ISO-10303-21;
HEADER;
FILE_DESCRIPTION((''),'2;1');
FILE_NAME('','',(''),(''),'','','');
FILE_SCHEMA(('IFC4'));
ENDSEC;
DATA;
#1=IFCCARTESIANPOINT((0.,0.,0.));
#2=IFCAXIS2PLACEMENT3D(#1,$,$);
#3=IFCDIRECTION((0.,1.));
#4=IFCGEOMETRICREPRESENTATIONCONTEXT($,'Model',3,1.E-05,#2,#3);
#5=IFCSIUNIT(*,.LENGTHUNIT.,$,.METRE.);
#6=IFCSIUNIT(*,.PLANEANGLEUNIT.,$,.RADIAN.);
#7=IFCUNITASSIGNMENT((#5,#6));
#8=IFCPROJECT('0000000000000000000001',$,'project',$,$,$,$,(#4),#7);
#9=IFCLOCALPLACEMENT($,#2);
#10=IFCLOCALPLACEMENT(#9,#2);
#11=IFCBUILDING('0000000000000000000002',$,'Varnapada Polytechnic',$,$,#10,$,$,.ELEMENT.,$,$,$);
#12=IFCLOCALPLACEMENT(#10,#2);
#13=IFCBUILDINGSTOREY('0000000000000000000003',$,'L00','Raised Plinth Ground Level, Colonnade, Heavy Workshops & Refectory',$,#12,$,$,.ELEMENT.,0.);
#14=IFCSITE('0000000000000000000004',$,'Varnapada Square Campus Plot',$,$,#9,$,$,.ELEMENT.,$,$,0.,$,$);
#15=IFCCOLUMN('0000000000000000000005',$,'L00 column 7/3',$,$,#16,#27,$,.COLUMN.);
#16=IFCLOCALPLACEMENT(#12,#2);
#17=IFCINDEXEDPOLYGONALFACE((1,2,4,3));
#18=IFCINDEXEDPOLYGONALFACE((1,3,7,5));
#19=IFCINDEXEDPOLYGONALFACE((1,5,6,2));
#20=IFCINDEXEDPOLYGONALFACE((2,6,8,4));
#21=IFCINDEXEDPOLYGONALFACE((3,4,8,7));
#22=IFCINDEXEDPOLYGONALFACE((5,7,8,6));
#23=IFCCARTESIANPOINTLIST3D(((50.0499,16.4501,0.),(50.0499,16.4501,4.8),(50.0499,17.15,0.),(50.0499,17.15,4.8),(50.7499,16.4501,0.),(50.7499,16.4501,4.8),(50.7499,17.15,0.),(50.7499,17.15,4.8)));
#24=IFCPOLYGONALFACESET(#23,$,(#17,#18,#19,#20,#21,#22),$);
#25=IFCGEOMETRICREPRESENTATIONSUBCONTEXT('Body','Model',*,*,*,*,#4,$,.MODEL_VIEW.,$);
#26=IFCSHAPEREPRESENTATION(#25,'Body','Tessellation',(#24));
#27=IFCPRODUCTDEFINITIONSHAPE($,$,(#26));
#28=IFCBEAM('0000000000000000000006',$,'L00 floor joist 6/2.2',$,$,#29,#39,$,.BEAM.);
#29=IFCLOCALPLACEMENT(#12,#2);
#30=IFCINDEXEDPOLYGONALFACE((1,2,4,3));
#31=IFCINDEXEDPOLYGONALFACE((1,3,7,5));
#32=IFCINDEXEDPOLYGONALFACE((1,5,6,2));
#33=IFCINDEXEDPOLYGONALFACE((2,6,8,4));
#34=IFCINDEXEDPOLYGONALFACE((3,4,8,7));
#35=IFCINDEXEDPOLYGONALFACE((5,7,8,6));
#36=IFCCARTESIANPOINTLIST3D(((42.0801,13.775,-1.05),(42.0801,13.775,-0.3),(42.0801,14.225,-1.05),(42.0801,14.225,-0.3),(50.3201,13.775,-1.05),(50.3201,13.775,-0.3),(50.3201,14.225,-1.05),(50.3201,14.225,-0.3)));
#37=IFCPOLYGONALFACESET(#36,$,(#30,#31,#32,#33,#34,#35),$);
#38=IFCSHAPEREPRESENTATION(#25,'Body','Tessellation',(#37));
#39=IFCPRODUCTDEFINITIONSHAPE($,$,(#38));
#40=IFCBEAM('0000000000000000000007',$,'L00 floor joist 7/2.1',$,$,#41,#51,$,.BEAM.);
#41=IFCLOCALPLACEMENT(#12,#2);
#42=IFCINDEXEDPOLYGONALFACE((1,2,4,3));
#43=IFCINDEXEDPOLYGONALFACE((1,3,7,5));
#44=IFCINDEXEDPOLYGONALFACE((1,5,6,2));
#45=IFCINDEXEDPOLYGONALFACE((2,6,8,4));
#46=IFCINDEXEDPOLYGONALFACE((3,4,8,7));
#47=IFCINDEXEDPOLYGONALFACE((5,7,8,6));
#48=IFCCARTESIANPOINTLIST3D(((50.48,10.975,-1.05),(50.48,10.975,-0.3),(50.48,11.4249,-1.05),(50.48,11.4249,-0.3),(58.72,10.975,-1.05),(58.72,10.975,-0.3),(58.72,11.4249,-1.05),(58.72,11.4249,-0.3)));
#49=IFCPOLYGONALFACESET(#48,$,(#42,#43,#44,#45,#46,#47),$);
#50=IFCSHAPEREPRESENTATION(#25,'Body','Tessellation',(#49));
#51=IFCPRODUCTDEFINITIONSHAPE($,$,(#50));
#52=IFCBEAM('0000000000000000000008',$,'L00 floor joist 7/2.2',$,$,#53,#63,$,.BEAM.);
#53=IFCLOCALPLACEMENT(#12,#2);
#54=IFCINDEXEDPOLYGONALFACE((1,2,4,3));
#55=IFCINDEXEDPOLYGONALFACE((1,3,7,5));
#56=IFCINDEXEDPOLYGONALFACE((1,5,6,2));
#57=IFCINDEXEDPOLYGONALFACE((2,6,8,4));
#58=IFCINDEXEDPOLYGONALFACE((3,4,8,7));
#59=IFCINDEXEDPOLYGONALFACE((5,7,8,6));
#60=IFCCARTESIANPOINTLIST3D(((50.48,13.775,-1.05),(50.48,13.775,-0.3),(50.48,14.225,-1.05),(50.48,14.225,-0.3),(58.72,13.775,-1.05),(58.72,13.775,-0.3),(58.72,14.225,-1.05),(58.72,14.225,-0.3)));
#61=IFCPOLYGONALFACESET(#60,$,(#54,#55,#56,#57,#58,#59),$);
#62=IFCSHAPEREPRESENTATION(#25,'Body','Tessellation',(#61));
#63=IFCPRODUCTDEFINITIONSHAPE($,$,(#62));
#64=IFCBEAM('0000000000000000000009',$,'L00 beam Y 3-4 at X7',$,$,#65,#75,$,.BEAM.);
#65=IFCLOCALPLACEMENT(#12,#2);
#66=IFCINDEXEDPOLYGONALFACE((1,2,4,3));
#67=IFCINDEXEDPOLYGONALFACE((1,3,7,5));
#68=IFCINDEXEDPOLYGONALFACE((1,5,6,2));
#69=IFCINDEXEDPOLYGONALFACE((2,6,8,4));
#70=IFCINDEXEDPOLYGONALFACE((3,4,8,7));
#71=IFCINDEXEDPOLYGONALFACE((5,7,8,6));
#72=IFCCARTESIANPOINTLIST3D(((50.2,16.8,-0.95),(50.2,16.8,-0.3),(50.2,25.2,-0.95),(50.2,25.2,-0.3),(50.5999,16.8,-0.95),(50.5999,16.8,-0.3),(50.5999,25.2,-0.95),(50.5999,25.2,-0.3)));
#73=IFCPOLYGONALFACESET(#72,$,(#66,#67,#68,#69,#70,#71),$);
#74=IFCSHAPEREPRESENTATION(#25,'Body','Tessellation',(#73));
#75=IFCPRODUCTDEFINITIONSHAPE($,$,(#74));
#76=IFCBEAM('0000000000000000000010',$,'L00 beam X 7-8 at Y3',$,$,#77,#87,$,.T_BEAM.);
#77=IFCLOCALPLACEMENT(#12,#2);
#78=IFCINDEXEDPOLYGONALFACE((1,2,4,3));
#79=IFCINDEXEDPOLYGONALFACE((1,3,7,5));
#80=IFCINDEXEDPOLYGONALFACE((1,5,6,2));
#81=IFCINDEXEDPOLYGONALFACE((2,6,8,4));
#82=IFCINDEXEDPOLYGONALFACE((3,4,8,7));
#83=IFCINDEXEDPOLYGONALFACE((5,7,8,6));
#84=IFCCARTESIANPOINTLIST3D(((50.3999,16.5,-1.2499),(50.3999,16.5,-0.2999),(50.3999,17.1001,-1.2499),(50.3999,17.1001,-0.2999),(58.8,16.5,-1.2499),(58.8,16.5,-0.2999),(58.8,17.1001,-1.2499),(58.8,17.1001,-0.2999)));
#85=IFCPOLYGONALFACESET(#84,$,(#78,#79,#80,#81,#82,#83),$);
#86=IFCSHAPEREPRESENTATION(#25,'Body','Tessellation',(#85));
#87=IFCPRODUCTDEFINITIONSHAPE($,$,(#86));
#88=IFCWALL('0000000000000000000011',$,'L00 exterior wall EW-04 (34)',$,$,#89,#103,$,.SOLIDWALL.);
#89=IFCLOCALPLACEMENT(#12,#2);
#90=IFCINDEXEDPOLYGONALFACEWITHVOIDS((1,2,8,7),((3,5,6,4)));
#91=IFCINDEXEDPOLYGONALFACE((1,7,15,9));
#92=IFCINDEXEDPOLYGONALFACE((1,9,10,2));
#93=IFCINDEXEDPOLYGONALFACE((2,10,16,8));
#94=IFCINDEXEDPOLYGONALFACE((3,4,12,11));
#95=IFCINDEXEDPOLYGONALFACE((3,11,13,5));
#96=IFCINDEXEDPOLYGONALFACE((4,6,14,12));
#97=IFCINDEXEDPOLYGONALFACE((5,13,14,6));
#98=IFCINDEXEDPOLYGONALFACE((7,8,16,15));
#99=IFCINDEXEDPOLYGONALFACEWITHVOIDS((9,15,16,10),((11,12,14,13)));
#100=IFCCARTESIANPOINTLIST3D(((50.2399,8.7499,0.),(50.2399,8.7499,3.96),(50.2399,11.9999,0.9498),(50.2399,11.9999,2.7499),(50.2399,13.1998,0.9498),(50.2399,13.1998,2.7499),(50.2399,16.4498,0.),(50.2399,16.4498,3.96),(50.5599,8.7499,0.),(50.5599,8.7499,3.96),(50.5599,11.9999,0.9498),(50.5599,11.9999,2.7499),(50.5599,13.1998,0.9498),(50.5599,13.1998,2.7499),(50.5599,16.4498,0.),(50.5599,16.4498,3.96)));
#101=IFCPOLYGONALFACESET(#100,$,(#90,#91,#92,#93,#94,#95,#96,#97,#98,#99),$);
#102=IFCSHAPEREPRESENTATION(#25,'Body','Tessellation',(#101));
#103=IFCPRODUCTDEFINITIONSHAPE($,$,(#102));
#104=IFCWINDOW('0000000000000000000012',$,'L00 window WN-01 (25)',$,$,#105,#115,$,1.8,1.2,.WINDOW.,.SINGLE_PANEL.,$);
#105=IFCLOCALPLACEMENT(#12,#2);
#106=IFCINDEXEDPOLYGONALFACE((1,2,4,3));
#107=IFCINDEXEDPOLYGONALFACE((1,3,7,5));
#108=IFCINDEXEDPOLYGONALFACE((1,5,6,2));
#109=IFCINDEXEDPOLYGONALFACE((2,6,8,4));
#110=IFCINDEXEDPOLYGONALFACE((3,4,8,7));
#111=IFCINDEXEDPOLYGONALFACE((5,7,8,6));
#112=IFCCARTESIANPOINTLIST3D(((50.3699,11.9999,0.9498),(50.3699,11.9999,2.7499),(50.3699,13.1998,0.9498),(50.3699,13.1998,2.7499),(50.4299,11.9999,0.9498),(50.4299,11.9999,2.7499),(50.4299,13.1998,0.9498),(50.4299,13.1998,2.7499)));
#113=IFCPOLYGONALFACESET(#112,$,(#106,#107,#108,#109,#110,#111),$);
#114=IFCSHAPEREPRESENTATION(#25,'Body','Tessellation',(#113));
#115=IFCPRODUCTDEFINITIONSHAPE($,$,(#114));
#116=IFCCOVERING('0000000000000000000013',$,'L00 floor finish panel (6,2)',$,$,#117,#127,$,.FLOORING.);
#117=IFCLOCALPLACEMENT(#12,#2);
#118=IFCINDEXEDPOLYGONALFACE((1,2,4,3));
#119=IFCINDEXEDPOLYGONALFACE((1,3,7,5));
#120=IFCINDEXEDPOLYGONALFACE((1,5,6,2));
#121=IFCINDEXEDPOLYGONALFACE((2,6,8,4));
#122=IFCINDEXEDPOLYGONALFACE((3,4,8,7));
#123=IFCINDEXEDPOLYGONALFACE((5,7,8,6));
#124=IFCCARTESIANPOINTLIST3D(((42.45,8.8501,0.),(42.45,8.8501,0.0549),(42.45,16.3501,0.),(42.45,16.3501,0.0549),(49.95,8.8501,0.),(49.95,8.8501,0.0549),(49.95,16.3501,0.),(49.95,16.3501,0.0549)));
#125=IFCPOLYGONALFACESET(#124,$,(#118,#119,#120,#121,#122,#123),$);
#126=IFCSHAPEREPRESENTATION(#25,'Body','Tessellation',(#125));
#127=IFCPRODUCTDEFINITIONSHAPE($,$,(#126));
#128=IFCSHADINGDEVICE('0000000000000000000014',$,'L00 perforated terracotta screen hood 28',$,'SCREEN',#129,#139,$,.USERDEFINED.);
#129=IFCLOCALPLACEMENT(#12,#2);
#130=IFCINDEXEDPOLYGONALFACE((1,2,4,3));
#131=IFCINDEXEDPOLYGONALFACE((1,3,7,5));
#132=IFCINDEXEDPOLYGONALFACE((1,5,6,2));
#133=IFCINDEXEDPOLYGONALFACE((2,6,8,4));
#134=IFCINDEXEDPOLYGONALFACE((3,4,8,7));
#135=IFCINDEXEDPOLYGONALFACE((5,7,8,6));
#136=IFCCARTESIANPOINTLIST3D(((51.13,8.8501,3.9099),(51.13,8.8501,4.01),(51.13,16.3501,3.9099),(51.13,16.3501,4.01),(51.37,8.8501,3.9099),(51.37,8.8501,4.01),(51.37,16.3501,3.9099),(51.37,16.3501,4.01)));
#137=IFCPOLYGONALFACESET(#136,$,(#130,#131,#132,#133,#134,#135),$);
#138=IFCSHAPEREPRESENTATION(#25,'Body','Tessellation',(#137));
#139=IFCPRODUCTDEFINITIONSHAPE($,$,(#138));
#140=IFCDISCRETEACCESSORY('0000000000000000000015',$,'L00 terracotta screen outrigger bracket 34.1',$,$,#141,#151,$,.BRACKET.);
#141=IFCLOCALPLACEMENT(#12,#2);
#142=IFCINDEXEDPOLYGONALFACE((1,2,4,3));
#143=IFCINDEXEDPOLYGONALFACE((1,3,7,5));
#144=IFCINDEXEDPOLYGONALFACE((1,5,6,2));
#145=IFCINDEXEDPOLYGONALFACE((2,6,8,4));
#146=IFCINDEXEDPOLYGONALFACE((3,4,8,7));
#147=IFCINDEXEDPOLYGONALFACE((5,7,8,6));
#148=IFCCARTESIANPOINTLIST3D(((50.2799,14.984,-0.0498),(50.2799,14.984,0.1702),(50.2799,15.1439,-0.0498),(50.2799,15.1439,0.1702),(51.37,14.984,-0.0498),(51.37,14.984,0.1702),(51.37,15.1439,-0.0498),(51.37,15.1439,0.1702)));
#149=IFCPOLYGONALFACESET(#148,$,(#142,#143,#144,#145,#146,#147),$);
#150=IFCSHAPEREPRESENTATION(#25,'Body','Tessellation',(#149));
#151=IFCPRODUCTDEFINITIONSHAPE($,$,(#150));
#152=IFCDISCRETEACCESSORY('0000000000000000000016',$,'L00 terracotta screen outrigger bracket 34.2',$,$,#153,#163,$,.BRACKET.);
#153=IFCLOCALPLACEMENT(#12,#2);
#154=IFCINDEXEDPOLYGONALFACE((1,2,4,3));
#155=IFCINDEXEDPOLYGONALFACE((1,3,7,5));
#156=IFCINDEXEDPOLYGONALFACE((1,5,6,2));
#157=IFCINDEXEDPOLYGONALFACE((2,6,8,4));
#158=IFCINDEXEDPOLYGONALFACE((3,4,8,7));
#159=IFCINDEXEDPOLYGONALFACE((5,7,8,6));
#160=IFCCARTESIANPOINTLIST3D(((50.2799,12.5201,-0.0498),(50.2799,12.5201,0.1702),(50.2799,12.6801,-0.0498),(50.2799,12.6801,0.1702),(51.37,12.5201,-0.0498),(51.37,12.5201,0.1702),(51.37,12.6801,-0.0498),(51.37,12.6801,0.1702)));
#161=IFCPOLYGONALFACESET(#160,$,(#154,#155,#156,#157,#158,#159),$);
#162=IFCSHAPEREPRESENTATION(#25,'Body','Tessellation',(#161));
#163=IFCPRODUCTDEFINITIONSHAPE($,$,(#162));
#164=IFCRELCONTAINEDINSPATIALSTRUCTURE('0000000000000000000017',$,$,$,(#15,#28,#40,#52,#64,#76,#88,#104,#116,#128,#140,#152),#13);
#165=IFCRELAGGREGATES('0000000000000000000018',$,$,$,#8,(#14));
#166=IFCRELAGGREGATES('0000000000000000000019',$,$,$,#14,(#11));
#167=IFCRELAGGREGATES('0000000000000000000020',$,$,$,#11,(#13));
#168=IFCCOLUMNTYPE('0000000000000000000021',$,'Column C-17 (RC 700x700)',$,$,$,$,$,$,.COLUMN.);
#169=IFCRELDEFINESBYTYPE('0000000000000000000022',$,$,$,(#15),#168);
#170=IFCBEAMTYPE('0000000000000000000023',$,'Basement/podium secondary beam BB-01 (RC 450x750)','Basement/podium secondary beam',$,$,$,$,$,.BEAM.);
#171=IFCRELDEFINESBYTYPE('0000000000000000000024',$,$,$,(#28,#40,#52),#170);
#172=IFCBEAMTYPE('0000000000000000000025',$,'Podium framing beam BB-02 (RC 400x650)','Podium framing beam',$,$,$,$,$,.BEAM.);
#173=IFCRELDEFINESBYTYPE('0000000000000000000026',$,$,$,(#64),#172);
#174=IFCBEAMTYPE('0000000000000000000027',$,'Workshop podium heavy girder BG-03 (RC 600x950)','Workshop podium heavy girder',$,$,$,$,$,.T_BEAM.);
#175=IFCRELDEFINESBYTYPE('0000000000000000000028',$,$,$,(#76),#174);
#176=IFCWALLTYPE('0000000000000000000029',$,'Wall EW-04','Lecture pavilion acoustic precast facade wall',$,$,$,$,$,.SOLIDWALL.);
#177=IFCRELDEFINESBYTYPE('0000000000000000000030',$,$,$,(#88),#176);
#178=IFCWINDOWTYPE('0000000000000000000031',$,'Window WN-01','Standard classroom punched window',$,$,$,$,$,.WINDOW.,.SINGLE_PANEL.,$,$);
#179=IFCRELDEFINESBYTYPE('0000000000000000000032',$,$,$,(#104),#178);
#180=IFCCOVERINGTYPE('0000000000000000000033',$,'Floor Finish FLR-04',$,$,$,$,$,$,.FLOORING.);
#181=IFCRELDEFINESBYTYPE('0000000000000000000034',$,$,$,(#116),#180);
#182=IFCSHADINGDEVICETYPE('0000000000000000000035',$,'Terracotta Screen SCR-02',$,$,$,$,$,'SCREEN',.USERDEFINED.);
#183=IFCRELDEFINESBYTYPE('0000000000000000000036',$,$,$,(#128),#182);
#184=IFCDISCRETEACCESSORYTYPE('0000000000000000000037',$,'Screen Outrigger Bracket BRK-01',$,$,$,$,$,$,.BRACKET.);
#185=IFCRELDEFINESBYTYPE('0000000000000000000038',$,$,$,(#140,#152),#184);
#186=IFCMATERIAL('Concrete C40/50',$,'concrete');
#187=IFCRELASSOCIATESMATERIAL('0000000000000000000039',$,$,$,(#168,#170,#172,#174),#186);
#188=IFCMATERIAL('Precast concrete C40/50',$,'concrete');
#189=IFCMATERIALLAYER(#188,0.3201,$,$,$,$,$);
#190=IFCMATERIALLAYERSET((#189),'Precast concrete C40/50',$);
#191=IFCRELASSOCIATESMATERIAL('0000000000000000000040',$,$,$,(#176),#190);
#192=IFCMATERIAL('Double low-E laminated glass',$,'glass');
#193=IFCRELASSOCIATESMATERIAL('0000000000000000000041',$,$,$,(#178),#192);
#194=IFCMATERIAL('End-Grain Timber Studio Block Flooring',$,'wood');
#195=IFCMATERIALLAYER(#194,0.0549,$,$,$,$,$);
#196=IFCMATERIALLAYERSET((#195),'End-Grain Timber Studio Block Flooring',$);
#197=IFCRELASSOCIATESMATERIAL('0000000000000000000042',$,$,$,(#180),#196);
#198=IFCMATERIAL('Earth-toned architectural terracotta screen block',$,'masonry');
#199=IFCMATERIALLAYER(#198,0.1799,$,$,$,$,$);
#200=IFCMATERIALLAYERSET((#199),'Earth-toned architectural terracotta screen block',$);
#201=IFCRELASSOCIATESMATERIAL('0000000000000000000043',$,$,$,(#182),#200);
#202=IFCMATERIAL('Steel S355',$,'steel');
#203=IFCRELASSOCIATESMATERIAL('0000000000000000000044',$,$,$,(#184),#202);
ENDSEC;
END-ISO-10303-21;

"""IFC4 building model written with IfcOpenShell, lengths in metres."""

from ifc_helpers import new_model, si_unit, direction, frame, frame_2d, origin, origin_2d, place, context, subcontext, project, spatial, rectangle, extrude, material, layer, layer_set, material_profile, profile_set, type_object, element, fill, save


model = new_model("IFC4")

# Units and contexts
model_context = context("Model", 3, precision=1e-05, world=origin(), true_north=direction((0.0, 1.0)))
body_context = subcontext(model_context, "Body", "Model", "MODEL_VIEW")
ifc_project = project(units=[si_unit("LENGTHUNIT", "METRE"), si_unit("PLANEANGLEUNIT", "RADIAN")], contexts=[model_context])

# Site, building, storey
site_placement = place(None, origin())
site = spatial("IfcSite", under=ifc_project, at=site_placement, Name="Varnapada Square Campus Plot", CompositionType="ELEMENT", RefElevation=0.0)
building_placement = place(site_placement, origin())
building = spatial("IfcBuilding", under=site, at=building_placement, Name="Varnapada Polytechnic", CompositionType="ELEMENT")
storey_placement = place(building_placement, origin())
storey = spatial("IfcBuildingStorey", under=building, at=storey_placement, Name="L00", Description="Raised Plinth Ground Level, Colonnade, Heavy Workshops & Refectory", CompositionType="ELEMENT", Elevation=0.0)

# Column
ifc_material_1 = material(Name="Concrete C40/50", Category="concrete")
ifc_material_profile_1 = material_profile(ifc_material_1, rectangle(XDim=0.7, YDim=0.7, at=origin_2d()), Name="RC 700x700")
ifc_profile_set_1 = profile_set([ifc_material_profile_1], Name="Concrete C40/50")
column_type = type_object("IfcColumnType", Name="Column C-17 (RC 700x700)", PredefinedType="COLUMN", material=ifc_profile_set_1)
column_placement = place(storey_placement, frame((50.3999, 16.8, 0.0), z_axis=(0.0, 0.0, 1.0), x_axis=(1.0, 0.0, 0.0)))
element("IfcColumn", 1, at=column_placement, inside=storey, type_object=column_type, Name="L00 column 7/3", PredefinedType="COLUMN", context=body_context, shape_type="SweptSolid", body=[
    extrude(rectangle(XDim=0.7, YDim=0.7, at=origin_2d()), origin(), (0.0, 0.0, 1.0), 4.8),
])

# Beams
ifc_material_profile_2 = material_profile(ifc_material_1, rectangle(XDim=0.45, YDim=0.75, at=origin_2d()), Name="RC 450x750")
ifc_profile_set_2 = profile_set([ifc_material_profile_2], Name="Concrete C40/50")
beam_type_1 = type_object("IfcBeamType", Name="Basement/podium secondary beam BB-01 (RC 450x750)", Description="Basement/podium secondary beam", PredefinedType="BEAM", material=ifc_profile_set_2)
for number, where, z_axis, x_axis, name in (
    (2, (42.0801, 14.0, -0.675), (1.0, 0.0, 0.0), (0.0, 1.0, 0.0), "L00 floor joist 6/2.2"),
    (3, (50.48, 11.2, -0.675), (1.0, 0.0, 0.0), (0.0, 1.0, 0.0), "L00 floor joist 7/2.1"),
    (4, (50.48, 14.0, -0.675), (1.0, 0.0, 0.0), (0.0, 1.0, 0.0), "L00 floor joist 7/2.2"),
):
    element("IfcBeam", number, at=place(storey_placement, frame(where, z_axis=z_axis, x_axis=x_axis)), inside=storey, type_object=beam_type_1, Name=name, PredefinedType="BEAM", context=body_context, shape_type="SweptSolid", body=[
        extrude(rectangle(XDim=0.45, YDim=0.75, at=origin_2d()), origin(), (0.0, 0.0, 1.0), 8.24),
    ])
ifc_material_profile_3 = material_profile(ifc_material_1, rectangle(XDim=0.3999, YDim=0.6499, at=origin_2d()), Name="RC 400x650")
ifc_profile_set_3 = profile_set([ifc_material_profile_3], Name="Concrete C40/50")
beam_type_2 = type_object("IfcBeamType", Name="Podium framing beam BB-02 (RC 400x650)", Description="Podium framing beam", PredefinedType="BEAM", material=ifc_profile_set_3)
beam_1_placement = place(storey_placement, frame((50.3999, 16.8, -0.625), z_axis=(0.0, 1.0, 0.0), x_axis=(-1.0, 0.0, 0.0)))
element("IfcBeam", 5, at=beam_1_placement, inside=storey, type_object=beam_type_2, Name="L00 beam Y 3-4 at X7", PredefinedType="BEAM", context=body_context, shape_type="SweptSolid", body=[
    extrude(rectangle(XDim=0.3999, YDim=0.6499, at=origin_2d()), origin(), (0.0, 0.0, 1.0), 8.3999),
])
ifc_material_profile_4 = material_profile(ifc_material_1, rectangle(XDim=0.6001, YDim=0.95, at=origin_2d()), Name="RC 600x950")
ifc_profile_set_4 = profile_set([ifc_material_profile_4], Name="Concrete C40/50")
beam_type_3 = type_object("IfcBeamType", Name="Workshop podium heavy girder BG-03 (RC 600x950)", Description="Workshop podium heavy girder", PredefinedType="T_BEAM", material=ifc_profile_set_4)
beam_2_placement = place(storey_placement, frame((50.3999, 16.8, -0.7749), z_axis=(1.0, 0.0, 0.0), x_axis=(0.0, 1.0, 0.0)))
element("IfcBeam", 6, at=beam_2_placement, inside=storey, type_object=beam_type_3, Name="L00 beam X 7-8 at Y3", PredefinedType="T_BEAM", context=body_context, shape_type="SweptSolid", body=[
    extrude(rectangle(XDim=0.6001, YDim=0.95, at=origin_2d()), origin(), (0.0, 0.0, 1.0), 8.4001),
])

# Wall, opening, window
ifc_material_2 = material(Name="Precast concrete C40/50", Category="concrete")
ifc_layer_1 = layer(ifc_material_2, 0.3201)
ifc_layer_set_1 = layer_set([ifc_layer_1], Name="Precast concrete C40/50")
wall_type = type_object("IfcWallType", Name="Wall EW-04", Description="Lecture pavilion acoustic precast facade wall", PredefinedType="SOLIDWALL", material=ifc_layer_set_1)
wall_placement = place(storey_placement, frame((50.3999, 16.45, 0.0), z_axis=(0.0, 0.0, 1.0), x_axis=(0.0, -1.0, 0.0)))
wall = element("IfcWall", 7, at=wall_placement, inside=storey, type_object=wall_type, Name="L00 exterior wall EW-04 (34)", PredefinedType="SOLIDWALL", context=body_context, shape_type="SweptSolid", body=[
    extrude(rectangle(XDim=7.7, YDim=0.3201, at=frame_2d((3.8501, 0.0))), origin(), (0.0, 0.0, 1.0), 3.96),
])
opening_1_placement = place(wall_placement, frame((3.25, 0.0, 0.95)))
opening_1 = element("IfcOpeningElement", 8, at=opening_1_placement, cuts=wall, PredefinedType="OPENING", context=body_context, shape_type="SweptSolid", body=[
    extrude(rectangle(XDim=1.2, YDim=1.8, at=frame_2d((0.6001, 0.8999))), frame((0.0, 0.1699, 0.0), z_axis=(0.0, -1.0, 0.0), x_axis=(1.0, 0.0, 0.0)), (0.0, 0.0, 1.0), 0.3401),
])
ifc_material_3 = material(Name="Double low-E laminated glass", Category="glass")
window_type = type_object("IfcWindowType", Name="Window WN-01", Description="Standard classroom punched window", PartitioningType="SINGLE_PANEL", PredefinedType="WINDOW", material=ifc_material_3)
window_placement = place(opening_1_placement, origin())
window = element("IfcWindow", 9, at=window_placement, inside=storey, type_object=window_type, Name="L00 window WN-01 (25)", OverallHeight=1.8, OverallWidth=1.2, PartitioningType="SINGLE_PANEL", PredefinedType="WINDOW", context=body_context, shape_type="SweptSolid", body=[
    extrude(rectangle(XDim=1.2, YDim=1.8, at=frame_2d((0.6001, 0.8999))), frame((0.0, 0.03, 0.0), z_axis=(0.0, -1.0, 0.0), x_axis=(1.0, 0.0, 0.0)), (0.0, 0.0, 1.0), 0.0601),
])
fill(opening_1, window)

# Covering
ifc_material_4 = material(Name="End-Grain Timber Studio Block Flooring", Category="wood")
ifc_layer_2 = layer(ifc_material_4, 0.0549)
ifc_layer_set_2 = layer_set([ifc_layer_2], Name="End-Grain Timber Studio Block Flooring")
covering_type_1 = type_object("IfcCoveringType", Name="Floor Finish FLR-04", PredefinedType="FLOORING", material=ifc_layer_set_2)
covering_1_placement = place(storey_placement, frame((46.2, 12.6001, 0.0), z_axis=(0.0, 0.0, 1.0), x_axis=(1.0, 0.0, 0.0)))
element("IfcCovering", 10, at=covering_1_placement, inside=storey, type_object=covering_type_1, Name="L00 floor finish panel (6,2)", PredefinedType="FLOORING", context=body_context, shape_type="SweptSolid", body=[
    extrude(rectangle(XDim=7.5, YDim=7.5, at=origin_2d()), origin(), (0.0, 0.0, 1.0), 0.0549),
])

# Shared definitions
ifc_material_5 = material(Name="Earth-toned architectural terracotta screen block", Category="masonry")

# Shading device
ifc_layer_3 = layer(ifc_material_5, 0.1799)
ifc_layer_set_3 = layer_set([ifc_layer_3], Name="Earth-toned architectural terracotta screen block")
shading_device_type = type_object("IfcShadingDeviceType", Name="Terracotta Screen SCR-02", ElementType="SCREEN", PredefinedType="USERDEFINED", material=ifc_layer_set_3)
shading_device_placement = place(storey_placement, frame((51.25, 12.6001, 3.9099), z_axis=(0.0, 0.0, 1.0), x_axis=(0.0, -1.0, 0.0)))
element("IfcShadingDevice", 11, at=shading_device_placement, inside=storey, type_object=shading_device_type, Name="L00 perforated terracotta screen hood 28", ObjectType="SCREEN", PredefinedType="USERDEFINED", context=body_context, shape_type="SweptSolid", body=[
    extrude(rectangle(XDim=7.5, YDim=0.24, at=origin_2d()), origin(), (0.0, 0.0, 1.0), 0.1001),
])

# Discrete accessories
ifc_material_6 = material(Name="Steel S355", Category="steel")
discrete_accessory_type = type_object("IfcDiscreteAccessoryType", Name="Screen Outrigger Bracket BRK-01", PredefinedType="BRACKET", material=ifc_material_6)
for number, where, z_axis, x_axis, name in (
    (12, (50.825, 15.064, -0.0498), (0.0, 0.0, 1.0), (0.0, -1.0, 0.0), "L00 terracotta screen outrigger bracket 34.1"),
    (13, (50.825, 12.6001, -0.0498), (0.0, 0.0, 1.0), (0.0, -1.0, 0.0), "L00 terracotta screen outrigger bracket 34.2"),
):
    element("IfcDiscreteAccessory", number, at=place(storey_placement, frame(where, z_axis=z_axis, x_axis=x_axis)), inside=storey, type_object=discrete_accessory_type, Name=name, PredefinedType="BRACKET", context=body_context, shape_type="SweptSolid", body=[
        extrude(rectangle(XDim=0.1599, YDim=1.0901, at=origin_2d()), origin(), (0.0, 0.0, 1.0), 0.22),
    ])

save(model, "model.ifc")
